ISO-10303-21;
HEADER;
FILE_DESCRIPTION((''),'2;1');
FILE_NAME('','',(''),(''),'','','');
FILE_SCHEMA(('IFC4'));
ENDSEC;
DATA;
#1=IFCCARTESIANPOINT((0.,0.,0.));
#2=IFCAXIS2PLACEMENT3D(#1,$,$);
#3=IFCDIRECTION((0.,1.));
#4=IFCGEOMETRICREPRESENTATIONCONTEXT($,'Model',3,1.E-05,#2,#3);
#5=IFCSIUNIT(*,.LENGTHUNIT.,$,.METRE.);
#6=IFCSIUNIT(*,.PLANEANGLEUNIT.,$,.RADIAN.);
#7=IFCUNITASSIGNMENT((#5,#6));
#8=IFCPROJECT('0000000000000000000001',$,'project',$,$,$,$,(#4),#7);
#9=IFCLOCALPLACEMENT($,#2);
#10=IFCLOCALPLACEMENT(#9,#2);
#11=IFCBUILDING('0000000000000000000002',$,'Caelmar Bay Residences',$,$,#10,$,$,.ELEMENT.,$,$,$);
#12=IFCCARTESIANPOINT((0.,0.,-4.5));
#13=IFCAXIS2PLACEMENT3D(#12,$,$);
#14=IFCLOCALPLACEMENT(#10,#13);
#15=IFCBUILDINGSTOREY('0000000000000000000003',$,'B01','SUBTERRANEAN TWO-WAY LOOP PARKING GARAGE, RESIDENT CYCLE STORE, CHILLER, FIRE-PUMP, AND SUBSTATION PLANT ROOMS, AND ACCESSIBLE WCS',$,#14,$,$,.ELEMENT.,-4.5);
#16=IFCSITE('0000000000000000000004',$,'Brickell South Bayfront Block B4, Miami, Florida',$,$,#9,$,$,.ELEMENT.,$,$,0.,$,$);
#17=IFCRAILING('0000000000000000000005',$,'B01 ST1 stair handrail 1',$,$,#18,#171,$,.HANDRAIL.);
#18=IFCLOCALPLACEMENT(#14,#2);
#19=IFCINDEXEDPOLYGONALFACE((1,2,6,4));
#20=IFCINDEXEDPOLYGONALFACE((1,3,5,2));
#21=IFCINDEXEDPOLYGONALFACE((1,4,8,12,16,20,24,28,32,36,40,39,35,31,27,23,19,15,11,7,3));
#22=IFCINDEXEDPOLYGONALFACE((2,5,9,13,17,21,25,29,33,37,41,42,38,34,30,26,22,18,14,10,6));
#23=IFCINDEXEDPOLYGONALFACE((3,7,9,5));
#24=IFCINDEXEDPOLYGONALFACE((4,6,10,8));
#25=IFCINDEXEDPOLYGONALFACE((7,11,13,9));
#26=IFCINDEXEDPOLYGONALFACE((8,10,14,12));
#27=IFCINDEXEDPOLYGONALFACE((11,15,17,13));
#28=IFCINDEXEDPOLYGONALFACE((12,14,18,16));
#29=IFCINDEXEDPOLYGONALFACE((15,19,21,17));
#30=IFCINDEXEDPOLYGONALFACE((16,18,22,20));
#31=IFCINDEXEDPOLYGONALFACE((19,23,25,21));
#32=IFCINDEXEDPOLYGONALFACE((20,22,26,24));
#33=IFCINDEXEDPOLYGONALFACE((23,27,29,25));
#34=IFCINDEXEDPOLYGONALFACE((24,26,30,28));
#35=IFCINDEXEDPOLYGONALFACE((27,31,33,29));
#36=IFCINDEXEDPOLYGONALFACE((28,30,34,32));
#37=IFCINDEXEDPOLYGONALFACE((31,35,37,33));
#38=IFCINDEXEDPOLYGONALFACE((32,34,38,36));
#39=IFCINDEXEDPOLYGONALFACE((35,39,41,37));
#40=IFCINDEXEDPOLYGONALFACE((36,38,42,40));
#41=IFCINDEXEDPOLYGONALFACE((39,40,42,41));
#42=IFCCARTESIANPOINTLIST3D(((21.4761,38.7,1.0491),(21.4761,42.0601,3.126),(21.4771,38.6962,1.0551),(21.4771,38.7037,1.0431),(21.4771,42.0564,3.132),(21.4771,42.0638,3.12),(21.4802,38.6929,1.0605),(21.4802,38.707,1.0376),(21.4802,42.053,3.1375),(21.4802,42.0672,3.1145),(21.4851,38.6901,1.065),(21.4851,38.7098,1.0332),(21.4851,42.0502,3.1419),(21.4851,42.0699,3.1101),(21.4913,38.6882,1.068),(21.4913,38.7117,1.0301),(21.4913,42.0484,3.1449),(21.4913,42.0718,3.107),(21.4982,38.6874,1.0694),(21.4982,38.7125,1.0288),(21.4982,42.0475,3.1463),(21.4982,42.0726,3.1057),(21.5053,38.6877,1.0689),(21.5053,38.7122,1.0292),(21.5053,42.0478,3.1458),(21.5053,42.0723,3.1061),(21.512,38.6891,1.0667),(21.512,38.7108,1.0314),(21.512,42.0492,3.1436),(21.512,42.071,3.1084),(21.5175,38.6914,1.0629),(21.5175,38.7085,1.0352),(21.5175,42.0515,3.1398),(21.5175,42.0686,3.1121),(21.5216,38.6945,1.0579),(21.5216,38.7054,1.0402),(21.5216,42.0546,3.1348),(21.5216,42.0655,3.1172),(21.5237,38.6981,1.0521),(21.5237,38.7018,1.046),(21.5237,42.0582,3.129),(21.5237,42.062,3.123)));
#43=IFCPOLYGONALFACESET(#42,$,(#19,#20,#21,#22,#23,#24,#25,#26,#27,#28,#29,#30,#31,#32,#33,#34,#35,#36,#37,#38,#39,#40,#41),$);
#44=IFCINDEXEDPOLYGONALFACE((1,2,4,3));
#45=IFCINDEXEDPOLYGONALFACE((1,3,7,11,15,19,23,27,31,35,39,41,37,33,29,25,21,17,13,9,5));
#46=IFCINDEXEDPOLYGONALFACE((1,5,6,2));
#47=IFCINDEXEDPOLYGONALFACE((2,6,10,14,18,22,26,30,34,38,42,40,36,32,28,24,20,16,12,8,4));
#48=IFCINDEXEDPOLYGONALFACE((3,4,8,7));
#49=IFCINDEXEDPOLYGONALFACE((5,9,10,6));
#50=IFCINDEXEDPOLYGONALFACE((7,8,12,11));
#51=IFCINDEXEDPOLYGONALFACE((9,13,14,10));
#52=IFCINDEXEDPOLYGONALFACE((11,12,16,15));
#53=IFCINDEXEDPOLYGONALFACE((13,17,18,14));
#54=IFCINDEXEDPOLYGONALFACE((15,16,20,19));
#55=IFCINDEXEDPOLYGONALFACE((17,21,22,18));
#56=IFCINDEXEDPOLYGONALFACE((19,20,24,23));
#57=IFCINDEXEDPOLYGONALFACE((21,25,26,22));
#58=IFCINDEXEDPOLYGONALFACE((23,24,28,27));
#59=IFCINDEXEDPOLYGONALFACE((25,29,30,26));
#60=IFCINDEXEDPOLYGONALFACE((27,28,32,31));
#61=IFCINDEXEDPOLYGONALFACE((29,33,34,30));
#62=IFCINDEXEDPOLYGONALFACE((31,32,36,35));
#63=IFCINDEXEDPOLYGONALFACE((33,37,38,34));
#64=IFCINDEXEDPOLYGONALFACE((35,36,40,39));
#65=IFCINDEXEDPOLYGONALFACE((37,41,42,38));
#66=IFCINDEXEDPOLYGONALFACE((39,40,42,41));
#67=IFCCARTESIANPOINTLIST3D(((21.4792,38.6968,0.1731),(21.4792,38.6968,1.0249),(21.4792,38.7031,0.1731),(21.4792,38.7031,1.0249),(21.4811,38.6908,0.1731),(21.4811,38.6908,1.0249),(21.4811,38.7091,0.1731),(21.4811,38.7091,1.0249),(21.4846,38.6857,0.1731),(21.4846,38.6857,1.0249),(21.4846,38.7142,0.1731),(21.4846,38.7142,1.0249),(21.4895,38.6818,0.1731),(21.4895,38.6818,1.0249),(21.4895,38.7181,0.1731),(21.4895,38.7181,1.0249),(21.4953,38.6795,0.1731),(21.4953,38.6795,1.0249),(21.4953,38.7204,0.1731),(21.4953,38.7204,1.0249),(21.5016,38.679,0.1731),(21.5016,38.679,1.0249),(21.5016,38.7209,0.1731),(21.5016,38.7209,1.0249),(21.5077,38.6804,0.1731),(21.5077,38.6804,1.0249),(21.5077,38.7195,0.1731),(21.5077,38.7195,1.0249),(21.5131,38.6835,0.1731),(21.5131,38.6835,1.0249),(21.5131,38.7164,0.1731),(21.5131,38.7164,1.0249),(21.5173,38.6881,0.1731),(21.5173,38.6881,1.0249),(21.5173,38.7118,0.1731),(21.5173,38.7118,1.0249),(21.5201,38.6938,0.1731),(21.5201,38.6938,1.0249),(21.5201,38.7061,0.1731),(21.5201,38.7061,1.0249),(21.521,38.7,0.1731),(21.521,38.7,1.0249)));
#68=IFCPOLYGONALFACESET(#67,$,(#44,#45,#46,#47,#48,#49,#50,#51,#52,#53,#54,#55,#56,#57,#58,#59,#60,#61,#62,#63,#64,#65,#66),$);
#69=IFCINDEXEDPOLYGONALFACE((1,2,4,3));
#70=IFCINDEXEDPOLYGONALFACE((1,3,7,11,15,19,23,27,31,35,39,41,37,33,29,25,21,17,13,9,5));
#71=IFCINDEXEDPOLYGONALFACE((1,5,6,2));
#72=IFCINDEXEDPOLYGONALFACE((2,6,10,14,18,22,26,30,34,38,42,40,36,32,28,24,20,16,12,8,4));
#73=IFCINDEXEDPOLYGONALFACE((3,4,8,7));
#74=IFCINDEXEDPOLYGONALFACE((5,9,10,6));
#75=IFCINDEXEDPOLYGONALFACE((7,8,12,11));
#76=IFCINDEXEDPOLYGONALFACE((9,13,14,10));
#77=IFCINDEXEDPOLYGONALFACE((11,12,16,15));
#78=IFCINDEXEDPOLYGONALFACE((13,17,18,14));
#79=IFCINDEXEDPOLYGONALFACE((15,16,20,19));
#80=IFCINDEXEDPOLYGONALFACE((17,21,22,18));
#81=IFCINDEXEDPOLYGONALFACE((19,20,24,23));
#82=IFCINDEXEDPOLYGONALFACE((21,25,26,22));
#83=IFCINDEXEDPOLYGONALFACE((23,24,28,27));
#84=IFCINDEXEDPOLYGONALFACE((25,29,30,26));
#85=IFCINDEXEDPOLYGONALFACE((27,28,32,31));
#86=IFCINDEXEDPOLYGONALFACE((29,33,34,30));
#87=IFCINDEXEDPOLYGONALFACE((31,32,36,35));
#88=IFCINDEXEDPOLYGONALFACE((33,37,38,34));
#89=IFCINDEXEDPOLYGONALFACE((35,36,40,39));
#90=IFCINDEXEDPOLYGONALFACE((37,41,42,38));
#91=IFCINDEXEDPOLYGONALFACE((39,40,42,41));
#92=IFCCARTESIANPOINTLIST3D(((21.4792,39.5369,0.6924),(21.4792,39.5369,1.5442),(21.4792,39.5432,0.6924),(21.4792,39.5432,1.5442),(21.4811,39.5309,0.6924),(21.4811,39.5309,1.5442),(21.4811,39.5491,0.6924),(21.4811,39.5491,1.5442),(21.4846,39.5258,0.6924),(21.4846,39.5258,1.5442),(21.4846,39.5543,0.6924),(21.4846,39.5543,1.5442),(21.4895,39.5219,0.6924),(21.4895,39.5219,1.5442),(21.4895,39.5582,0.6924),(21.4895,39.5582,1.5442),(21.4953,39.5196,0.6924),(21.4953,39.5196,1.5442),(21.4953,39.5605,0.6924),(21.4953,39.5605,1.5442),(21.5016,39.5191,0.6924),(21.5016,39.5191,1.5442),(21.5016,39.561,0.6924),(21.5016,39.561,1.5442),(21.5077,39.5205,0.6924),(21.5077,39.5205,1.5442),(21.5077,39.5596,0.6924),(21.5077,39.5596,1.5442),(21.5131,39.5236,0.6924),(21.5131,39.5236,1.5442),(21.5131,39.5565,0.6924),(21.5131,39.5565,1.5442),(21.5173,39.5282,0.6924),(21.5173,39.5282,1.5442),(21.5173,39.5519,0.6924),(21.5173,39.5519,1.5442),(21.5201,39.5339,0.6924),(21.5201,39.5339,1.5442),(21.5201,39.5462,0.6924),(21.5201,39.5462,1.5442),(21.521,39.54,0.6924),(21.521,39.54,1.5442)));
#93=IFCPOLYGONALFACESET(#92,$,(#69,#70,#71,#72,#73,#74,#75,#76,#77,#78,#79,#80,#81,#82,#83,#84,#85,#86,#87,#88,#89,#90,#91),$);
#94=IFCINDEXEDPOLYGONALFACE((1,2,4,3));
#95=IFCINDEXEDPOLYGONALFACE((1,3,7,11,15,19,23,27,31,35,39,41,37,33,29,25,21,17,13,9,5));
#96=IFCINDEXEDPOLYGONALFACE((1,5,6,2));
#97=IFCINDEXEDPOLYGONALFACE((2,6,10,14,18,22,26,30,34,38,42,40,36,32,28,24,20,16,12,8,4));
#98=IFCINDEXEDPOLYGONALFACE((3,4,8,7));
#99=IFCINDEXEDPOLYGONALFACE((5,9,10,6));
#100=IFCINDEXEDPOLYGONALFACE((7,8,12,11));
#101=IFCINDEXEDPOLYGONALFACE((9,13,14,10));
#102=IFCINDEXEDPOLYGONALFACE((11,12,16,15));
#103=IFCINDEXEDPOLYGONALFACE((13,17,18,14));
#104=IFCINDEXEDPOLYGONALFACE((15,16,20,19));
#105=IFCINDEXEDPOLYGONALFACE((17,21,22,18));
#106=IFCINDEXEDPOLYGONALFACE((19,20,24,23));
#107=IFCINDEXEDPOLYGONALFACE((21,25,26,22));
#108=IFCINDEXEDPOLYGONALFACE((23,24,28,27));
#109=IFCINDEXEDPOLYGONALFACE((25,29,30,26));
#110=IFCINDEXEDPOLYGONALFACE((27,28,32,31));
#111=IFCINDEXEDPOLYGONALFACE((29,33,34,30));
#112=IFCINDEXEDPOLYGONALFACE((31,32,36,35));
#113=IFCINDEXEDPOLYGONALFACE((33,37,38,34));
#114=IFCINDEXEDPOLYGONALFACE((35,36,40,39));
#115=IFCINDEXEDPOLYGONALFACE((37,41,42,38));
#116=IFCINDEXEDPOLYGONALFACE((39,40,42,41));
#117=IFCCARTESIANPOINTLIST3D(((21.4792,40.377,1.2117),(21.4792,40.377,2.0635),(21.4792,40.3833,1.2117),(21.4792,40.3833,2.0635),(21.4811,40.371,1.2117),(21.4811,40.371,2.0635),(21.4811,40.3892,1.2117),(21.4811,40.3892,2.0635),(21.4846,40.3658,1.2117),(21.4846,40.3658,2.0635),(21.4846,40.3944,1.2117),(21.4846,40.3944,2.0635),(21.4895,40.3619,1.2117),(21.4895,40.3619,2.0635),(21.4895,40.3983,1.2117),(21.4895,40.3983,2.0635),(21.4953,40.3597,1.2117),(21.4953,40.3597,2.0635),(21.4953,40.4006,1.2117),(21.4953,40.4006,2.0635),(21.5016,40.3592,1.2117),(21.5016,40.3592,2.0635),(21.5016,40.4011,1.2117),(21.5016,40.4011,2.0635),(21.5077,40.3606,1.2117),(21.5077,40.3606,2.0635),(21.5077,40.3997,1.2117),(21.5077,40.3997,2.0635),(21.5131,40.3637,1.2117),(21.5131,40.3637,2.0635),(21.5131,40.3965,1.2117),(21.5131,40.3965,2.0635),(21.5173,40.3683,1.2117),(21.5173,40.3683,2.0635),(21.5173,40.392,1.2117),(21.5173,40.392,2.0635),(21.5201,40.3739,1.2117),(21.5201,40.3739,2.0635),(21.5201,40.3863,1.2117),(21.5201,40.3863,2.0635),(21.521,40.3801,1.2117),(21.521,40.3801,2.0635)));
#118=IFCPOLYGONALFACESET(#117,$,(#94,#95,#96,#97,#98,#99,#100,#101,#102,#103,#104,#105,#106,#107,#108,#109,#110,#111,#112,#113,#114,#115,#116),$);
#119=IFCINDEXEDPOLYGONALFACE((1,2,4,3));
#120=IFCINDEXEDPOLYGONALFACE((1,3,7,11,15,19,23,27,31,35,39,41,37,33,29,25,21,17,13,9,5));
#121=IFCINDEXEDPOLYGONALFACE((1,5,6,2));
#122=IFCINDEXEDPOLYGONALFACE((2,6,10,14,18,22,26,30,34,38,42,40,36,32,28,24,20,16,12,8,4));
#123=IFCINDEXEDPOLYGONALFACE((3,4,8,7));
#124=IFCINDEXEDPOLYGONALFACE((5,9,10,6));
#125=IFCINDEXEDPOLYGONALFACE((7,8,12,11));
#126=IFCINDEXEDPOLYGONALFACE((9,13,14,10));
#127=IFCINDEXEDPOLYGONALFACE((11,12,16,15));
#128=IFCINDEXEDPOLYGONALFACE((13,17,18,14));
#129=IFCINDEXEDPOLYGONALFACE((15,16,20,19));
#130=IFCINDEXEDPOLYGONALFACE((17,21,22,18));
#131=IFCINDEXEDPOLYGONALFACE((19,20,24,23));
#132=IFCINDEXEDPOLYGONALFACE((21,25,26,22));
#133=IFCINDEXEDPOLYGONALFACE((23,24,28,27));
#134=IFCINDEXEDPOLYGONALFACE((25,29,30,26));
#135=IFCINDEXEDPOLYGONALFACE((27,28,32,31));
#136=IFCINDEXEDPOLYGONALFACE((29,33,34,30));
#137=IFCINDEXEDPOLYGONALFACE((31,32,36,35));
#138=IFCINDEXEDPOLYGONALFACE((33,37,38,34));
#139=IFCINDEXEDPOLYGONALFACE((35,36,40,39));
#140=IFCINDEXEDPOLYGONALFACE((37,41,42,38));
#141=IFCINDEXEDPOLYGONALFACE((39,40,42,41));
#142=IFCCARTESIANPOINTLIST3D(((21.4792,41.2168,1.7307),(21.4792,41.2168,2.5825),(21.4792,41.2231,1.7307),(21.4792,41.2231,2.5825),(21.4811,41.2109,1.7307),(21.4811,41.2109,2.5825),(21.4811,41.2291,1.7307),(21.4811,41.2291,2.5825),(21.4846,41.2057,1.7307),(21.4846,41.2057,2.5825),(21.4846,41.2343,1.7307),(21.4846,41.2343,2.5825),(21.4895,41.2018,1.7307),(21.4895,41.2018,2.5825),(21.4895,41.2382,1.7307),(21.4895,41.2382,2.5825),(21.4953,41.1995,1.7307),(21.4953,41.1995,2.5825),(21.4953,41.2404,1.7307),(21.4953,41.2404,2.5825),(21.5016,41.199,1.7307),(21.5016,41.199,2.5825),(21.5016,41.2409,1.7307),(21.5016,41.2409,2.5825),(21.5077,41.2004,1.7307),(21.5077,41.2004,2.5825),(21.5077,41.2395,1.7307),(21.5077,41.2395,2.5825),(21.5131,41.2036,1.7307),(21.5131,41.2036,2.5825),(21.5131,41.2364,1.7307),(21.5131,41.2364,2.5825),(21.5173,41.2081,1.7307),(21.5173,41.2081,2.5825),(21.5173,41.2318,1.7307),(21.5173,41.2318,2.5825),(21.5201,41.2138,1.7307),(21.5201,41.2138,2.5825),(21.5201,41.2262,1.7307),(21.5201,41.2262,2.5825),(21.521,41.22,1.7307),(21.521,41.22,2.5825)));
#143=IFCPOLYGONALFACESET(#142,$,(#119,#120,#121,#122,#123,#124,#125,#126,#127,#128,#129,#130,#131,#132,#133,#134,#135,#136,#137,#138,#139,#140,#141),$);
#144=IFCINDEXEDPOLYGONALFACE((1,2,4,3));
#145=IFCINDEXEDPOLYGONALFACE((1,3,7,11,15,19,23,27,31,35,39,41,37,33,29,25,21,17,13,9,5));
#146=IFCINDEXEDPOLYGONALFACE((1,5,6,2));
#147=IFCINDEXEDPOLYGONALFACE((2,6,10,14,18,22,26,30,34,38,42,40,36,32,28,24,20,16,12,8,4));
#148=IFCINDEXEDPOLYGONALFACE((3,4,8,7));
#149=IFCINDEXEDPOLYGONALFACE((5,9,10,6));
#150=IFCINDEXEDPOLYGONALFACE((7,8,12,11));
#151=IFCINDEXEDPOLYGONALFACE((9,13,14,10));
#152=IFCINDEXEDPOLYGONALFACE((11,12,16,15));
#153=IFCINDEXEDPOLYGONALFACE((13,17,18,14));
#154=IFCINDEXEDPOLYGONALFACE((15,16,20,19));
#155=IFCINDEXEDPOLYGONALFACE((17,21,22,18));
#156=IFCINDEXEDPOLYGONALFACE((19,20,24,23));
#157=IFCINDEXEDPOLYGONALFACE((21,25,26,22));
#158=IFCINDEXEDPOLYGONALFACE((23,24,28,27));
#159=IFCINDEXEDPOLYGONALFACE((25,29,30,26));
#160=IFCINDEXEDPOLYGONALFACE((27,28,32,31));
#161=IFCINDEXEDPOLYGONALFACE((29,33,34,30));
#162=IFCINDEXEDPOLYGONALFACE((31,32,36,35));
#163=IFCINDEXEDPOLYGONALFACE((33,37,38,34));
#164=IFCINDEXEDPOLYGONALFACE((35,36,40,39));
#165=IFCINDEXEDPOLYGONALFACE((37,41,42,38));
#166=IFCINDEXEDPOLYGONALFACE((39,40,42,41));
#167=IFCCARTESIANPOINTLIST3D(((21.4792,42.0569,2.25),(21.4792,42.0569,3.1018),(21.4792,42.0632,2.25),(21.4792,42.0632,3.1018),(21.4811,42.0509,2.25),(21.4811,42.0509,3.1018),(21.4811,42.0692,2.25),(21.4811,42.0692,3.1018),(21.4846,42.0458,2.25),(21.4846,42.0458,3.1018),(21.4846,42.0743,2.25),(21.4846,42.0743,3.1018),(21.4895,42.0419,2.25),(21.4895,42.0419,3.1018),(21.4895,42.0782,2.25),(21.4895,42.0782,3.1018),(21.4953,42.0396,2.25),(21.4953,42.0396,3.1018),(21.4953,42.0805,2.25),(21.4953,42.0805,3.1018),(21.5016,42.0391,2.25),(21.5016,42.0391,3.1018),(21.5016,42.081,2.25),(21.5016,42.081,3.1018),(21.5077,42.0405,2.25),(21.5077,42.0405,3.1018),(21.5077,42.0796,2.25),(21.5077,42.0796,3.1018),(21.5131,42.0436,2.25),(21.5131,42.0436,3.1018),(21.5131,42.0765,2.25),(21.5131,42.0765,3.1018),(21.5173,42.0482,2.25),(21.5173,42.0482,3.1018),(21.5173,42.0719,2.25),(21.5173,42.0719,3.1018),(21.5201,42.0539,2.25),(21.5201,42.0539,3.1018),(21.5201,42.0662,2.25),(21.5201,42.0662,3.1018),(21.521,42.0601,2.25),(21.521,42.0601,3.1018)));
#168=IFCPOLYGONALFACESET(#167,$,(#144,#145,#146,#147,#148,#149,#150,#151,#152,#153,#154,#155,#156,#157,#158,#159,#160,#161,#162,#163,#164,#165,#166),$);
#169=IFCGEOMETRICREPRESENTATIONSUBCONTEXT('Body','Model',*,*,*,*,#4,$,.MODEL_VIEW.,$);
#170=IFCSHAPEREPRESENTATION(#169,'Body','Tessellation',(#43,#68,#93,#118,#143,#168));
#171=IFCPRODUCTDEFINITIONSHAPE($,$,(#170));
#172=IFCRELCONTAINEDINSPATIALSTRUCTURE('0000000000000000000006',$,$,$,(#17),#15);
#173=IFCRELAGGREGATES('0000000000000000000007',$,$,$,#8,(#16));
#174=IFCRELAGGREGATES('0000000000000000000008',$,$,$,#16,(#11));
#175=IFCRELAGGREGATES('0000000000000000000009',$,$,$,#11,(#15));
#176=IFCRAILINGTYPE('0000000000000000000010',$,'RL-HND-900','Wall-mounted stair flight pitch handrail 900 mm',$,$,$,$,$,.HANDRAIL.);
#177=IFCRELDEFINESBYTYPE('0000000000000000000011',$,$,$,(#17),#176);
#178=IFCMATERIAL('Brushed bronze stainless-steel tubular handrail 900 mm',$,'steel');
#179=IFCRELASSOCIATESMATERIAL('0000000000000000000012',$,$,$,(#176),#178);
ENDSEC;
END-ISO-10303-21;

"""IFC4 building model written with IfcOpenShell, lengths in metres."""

from ifc_helpers import new_model, si_unit, direction, frame, origin, origin_2d, place, context, subcontext, project, spatial, circle, extrude, material, type_object, element, save


model = new_model("IFC4")

# Units and contexts
model_context = context("Model", 3, precision=1e-05, world=origin(), true_north=direction((0.0, 1.0)))
body_context = subcontext(model_context, "Body", "Model", "MODEL_VIEW")
ifc_project = project(units=[si_unit("LENGTHUNIT", "METRE"), si_unit("PLANEANGLEUNIT", "RADIAN")], contexts=[model_context])

# Site, building, storey
site_placement = place(None, origin())
site = spatial("IfcSite", under=ifc_project, at=site_placement, Name="Brickell South Bayfront Block B4, Miami, Florida", CompositionType="ELEMENT", RefElevation=0.0)
building_placement = place(site_placement, origin())
building = spatial("IfcBuilding", under=site, at=building_placement, Name="Caelmar Bay Residences", CompositionType="ELEMENT")
storey_placement = place(building_placement, frame((0.0, 0.0, -4.5)))
storey = spatial("IfcBuildingStorey", under=building, at=storey_placement, Name="B01", Description="SUBTERRANEAN TWO-WAY LOOP PARKING GARAGE, RESIDENT CYCLE STORE, CHILLER, FIRE-PUMP, AND SUBSTATION PLANT ROOMS, AND ACCESSIBLE WCS", CompositionType="ELEMENT", Elevation=-4.5)

# Railing
ifc_material_1 = material(Name="Brushed bronze stainless-steel tubular handrail 900 mm", Category="steel")
railing_type_1 = type_object("IfcRailingType", Name="RL-HND-900", Description="Wall-mounted stair flight pitch handrail 900 mm", PredefinedType="HANDRAIL", material=ifc_material_1)
railing_1_placement = place(storey_placement, frame((21.5, 38.7, 0.1731)))
element("IfcRailing", 1, at=railing_1_placement, inside=storey, type_object=railing_type_1, Name="B01 ST1 stair handrail 1", PredefinedType="HANDRAIL", context=body_context, shape_type="SweptSolid", body=[
    extrude(circle(Radius=0.0239, at=origin_2d()), frame((0.0, 0.0, 0.876), z_axis=(0.0, 0.850623, 0.525776), x_axis=(-1.0, 0.0, 0.0)), (0.0, 0.0, 1.0), 3.9502),
    extrude(circle(Radius=0.021, at=origin_2d()), origin(), (0.0, 0.0, 1.0), 0.8518),
    extrude(circle(Radius=0.021, at=origin_2d()), frame((0.0, 0.8401, 0.5193)), (0.0, 0.0, 1.0), 0.8518),
    extrude(circle(Radius=0.021, at=origin_2d()), frame((0.0, 1.6802, 1.0386)), (0.0, 0.0, 1.0), 0.8518),
    extrude(circle(Radius=0.021, at=origin_2d()), frame((0.0, 2.52, 1.5576)), (0.0, 0.0, 1.0), 0.8518),
    extrude(circle(Radius=0.021, at=origin_2d()), frame((0.0, 3.3601, 2.0769)), (0.0, 0.0, 1.0), 0.8518),
])

save(model, "model.ifc")
